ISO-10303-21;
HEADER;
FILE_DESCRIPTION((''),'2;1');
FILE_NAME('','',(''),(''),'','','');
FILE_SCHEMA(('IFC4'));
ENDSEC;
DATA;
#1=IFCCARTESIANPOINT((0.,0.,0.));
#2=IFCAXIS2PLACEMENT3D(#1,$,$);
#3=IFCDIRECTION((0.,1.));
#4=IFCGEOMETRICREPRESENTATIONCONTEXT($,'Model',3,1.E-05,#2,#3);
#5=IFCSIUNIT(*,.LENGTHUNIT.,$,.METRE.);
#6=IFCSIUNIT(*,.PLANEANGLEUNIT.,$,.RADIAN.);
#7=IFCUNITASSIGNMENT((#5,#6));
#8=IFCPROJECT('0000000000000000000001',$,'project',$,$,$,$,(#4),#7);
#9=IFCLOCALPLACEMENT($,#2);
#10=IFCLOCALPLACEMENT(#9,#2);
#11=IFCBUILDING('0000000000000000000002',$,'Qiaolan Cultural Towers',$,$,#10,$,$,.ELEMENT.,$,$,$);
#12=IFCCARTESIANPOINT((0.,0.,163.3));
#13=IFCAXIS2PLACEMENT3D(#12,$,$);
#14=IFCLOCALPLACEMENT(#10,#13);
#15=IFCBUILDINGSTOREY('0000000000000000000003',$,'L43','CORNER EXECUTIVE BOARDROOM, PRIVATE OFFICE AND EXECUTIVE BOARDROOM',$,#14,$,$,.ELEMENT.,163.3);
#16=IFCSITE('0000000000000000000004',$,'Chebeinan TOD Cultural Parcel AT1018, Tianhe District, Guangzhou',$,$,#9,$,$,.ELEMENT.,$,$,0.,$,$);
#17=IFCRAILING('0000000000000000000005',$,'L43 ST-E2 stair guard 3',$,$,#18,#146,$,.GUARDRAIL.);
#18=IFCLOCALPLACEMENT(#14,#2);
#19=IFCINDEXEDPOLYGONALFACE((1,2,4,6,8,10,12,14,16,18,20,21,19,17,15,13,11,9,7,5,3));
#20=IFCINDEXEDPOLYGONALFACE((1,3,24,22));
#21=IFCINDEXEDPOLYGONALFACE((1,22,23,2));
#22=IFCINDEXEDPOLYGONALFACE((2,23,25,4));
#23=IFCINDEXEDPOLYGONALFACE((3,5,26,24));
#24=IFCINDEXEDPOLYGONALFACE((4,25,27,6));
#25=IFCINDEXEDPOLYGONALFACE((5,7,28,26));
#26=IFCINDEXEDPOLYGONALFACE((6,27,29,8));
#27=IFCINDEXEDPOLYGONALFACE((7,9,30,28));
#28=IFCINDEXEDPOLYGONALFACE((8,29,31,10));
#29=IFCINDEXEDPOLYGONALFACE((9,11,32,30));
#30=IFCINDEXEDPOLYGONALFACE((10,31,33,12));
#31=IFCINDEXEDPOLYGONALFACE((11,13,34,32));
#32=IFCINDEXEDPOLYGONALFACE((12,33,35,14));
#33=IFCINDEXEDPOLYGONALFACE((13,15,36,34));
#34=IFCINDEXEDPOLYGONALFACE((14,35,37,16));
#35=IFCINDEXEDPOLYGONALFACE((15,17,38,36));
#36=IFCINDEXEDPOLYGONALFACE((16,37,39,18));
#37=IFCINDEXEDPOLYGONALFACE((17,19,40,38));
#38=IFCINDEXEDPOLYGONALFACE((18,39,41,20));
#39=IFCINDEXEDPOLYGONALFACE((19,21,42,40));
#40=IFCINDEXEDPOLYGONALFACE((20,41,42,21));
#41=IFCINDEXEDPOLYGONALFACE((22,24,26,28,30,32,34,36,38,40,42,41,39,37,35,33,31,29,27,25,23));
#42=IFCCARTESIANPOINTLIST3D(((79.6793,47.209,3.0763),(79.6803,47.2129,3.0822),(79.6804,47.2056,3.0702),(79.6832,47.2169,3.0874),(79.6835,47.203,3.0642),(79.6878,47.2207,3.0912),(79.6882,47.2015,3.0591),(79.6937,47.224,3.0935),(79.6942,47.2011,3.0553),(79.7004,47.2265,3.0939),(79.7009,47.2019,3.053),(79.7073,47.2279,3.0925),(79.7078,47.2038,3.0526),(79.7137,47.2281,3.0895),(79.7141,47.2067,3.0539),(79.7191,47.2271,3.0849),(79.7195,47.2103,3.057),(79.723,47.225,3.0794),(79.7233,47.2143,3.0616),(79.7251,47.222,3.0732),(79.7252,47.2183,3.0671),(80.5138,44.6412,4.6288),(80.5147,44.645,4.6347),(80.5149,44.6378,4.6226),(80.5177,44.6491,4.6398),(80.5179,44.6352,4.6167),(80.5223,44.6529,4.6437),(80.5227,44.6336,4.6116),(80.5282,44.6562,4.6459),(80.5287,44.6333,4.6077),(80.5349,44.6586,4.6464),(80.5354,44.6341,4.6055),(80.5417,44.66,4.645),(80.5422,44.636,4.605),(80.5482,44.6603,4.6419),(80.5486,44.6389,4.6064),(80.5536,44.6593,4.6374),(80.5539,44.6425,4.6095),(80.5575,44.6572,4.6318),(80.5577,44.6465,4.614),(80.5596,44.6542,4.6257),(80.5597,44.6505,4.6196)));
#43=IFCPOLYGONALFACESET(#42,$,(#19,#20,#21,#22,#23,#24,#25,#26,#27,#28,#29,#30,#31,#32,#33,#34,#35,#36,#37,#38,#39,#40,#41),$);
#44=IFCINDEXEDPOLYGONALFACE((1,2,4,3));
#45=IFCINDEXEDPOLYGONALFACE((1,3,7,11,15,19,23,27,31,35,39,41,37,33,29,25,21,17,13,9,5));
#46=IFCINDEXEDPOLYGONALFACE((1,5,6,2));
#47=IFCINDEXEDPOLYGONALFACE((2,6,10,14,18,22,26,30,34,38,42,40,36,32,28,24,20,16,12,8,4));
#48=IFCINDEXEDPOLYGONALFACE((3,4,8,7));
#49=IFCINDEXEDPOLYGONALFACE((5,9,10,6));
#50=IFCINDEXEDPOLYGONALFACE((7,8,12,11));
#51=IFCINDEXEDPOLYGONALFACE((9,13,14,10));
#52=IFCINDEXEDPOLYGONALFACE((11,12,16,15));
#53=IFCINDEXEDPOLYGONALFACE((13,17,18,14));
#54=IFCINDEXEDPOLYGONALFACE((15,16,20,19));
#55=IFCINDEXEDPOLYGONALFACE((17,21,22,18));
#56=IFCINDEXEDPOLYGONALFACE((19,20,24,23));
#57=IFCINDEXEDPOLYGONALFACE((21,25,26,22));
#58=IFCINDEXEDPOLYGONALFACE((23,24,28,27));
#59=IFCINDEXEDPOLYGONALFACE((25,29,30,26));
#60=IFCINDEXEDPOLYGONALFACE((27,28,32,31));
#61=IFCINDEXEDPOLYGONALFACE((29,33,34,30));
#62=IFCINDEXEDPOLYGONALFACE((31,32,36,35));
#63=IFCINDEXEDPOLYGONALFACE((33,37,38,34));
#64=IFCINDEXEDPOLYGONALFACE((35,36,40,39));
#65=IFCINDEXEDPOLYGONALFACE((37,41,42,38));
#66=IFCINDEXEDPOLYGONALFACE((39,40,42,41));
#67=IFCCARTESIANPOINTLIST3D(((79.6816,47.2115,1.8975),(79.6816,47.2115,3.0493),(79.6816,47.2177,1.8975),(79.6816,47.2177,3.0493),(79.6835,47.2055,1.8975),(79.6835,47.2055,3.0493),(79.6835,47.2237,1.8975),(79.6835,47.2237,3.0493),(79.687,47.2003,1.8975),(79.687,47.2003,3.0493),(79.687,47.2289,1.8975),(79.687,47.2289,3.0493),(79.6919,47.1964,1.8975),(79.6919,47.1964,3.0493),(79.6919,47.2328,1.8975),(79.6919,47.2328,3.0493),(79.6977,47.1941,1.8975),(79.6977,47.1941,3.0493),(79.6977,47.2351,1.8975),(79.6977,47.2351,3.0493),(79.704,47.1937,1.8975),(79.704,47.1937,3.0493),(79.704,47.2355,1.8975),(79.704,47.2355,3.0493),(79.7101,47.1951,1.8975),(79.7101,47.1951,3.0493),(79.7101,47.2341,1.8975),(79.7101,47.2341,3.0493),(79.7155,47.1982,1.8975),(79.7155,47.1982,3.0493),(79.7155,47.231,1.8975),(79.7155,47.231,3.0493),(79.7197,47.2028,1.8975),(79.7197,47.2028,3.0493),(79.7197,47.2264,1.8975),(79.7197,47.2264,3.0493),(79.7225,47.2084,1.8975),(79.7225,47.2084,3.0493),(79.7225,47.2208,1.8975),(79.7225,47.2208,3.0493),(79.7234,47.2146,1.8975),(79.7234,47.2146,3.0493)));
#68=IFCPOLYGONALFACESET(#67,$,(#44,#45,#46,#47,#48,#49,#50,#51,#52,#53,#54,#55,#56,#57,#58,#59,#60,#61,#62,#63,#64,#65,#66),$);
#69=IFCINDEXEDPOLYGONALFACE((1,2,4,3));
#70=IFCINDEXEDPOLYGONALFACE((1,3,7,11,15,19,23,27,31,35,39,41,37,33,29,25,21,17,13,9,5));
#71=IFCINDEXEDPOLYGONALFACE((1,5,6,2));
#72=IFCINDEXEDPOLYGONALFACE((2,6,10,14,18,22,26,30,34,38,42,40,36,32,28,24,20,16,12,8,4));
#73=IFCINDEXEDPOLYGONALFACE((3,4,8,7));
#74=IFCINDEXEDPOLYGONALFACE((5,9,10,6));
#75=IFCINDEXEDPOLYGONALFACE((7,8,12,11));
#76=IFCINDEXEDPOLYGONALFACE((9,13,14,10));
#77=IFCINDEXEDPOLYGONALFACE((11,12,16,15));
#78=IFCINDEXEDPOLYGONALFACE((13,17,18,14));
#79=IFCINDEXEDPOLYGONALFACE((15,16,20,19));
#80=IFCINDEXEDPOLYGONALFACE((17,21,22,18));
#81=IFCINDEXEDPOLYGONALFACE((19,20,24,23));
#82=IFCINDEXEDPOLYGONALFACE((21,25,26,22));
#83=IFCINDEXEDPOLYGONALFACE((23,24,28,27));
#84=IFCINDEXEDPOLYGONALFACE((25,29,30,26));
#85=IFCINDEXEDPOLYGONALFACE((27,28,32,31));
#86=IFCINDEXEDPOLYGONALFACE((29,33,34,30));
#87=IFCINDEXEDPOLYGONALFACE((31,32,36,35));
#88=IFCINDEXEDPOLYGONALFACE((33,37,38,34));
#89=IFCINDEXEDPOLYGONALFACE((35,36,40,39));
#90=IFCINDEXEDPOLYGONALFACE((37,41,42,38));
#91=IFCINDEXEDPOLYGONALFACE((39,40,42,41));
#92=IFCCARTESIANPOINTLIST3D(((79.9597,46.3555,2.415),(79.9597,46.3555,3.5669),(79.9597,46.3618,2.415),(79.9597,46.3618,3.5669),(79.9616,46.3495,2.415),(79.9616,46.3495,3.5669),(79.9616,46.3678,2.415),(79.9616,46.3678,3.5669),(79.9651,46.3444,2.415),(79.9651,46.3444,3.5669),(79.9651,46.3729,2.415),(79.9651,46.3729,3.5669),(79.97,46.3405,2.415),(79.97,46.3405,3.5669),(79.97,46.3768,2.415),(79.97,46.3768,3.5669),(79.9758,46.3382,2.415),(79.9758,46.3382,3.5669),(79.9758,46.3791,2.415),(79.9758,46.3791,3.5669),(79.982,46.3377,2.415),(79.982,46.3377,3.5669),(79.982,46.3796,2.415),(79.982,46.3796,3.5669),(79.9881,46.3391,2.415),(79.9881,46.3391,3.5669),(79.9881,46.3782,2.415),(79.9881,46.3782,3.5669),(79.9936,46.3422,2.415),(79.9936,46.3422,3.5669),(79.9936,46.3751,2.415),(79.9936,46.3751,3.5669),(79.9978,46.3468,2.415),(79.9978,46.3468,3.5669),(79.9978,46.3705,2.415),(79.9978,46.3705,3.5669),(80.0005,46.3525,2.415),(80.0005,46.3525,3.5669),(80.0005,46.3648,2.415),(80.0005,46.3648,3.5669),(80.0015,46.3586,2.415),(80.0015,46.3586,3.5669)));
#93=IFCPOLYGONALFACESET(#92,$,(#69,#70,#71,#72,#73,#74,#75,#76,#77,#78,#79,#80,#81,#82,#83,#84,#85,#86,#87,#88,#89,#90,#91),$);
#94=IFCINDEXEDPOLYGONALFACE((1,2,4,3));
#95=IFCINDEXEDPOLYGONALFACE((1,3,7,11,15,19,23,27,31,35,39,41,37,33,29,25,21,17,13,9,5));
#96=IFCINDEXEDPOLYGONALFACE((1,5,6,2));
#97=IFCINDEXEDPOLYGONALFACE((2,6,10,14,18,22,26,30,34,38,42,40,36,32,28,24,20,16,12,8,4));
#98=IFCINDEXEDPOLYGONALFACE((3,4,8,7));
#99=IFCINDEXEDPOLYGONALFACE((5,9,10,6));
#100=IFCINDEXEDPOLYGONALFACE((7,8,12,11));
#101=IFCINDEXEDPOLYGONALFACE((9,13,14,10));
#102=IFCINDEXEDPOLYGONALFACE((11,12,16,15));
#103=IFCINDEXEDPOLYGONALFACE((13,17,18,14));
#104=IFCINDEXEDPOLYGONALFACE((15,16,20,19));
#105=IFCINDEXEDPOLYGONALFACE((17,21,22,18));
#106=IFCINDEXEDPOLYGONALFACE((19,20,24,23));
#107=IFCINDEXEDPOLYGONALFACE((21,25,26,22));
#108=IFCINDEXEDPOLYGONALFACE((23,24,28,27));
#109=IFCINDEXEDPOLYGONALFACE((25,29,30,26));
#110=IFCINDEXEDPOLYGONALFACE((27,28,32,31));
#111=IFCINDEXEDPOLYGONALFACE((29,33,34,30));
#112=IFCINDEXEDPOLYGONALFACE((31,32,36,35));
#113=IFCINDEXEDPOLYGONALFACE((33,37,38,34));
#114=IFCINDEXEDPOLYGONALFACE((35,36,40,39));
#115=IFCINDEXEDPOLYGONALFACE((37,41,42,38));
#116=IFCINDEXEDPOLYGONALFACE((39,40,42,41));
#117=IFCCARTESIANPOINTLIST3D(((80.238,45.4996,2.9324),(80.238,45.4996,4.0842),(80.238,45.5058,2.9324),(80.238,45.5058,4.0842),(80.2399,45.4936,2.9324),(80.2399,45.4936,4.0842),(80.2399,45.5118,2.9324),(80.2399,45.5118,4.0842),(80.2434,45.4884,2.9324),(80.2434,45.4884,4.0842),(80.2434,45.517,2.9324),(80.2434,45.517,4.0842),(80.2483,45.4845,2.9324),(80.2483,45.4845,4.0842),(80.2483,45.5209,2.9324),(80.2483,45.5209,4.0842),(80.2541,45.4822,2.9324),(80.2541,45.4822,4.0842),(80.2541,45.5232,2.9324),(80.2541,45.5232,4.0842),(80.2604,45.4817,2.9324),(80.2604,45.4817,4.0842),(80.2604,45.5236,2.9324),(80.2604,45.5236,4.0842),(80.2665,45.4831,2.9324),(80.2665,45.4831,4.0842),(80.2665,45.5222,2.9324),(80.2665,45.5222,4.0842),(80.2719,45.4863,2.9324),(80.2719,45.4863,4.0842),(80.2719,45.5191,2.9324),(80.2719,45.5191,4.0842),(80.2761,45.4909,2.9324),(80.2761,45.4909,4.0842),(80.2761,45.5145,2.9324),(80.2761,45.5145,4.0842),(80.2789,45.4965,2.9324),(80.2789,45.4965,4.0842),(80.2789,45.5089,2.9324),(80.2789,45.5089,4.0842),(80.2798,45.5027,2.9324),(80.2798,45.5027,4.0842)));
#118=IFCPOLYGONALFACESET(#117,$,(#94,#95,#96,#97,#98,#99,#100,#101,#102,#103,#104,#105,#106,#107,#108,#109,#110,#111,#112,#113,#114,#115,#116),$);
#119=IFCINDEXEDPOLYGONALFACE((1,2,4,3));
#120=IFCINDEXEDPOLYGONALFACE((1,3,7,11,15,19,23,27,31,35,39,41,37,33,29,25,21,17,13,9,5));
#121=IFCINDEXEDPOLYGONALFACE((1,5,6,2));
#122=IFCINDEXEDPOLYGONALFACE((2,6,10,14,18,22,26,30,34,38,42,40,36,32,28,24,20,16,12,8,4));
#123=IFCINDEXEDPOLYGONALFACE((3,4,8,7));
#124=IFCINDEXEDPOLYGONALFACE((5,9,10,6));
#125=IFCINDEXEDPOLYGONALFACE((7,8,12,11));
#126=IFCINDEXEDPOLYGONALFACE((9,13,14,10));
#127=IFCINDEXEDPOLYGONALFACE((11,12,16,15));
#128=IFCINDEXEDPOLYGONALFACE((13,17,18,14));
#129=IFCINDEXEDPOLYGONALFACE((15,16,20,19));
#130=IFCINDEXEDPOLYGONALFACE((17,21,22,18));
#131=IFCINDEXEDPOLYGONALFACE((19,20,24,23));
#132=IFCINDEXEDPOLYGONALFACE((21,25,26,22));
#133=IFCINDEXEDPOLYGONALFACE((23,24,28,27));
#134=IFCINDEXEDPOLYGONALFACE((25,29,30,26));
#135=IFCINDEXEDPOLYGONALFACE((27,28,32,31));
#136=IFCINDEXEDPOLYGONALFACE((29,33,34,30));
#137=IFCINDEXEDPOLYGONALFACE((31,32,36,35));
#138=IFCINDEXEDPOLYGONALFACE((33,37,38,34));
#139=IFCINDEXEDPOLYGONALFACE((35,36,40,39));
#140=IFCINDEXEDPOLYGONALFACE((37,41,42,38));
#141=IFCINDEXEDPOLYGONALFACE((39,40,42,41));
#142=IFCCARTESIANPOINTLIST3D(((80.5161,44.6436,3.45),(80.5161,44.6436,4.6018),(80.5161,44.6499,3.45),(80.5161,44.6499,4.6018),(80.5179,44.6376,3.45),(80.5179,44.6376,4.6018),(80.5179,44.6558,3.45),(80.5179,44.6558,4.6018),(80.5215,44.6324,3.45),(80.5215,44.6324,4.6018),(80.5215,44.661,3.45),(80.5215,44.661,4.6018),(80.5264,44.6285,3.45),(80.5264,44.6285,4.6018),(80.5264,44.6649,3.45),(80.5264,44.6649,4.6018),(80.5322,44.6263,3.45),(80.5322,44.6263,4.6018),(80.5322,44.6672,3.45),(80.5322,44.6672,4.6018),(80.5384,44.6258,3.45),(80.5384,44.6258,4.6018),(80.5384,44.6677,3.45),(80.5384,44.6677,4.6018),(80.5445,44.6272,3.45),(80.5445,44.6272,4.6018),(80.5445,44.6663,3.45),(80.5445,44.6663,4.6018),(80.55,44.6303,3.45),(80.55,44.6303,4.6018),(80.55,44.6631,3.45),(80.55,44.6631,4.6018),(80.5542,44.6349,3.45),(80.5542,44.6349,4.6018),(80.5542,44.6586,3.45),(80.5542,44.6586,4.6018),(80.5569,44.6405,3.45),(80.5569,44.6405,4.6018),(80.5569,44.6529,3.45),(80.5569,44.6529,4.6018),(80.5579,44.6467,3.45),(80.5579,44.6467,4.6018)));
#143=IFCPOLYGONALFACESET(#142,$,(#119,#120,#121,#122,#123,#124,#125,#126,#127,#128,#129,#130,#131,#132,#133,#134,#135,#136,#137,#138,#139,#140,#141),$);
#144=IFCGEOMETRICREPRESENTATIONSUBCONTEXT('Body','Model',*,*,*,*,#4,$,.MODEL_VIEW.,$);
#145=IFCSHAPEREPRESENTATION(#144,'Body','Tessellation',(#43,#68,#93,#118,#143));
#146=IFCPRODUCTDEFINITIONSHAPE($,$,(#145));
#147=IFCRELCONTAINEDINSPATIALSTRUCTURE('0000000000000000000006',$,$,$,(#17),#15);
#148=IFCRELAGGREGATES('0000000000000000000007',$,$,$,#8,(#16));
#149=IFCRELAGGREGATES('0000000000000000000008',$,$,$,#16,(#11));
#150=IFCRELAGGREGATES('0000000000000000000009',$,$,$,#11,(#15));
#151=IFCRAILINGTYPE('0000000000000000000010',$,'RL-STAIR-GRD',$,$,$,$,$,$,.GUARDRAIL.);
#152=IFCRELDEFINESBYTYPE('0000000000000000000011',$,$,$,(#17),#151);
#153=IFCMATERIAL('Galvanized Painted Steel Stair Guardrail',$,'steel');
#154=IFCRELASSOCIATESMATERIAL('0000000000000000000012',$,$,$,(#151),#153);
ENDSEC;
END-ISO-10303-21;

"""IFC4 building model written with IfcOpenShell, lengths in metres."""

from ifc_helpers import new_model, si_unit, direction, frame, origin, origin_2d, place, context, subcontext, project, spatial, circle, extrude, material, type_object, element, save


model = new_model("IFC4")

# Units and contexts
model_context = context("Model", 3, precision=1e-05, world=origin(), true_north=direction((0.0, 1.0)))
body_context = subcontext(model_context, "Body", "Model", "MODEL_VIEW")
ifc_project = project(units=[si_unit("LENGTHUNIT", "METRE"), si_unit("PLANEANGLEUNIT", "RADIAN")], contexts=[model_context])

# Site, building, storey
site_placement = place(None, origin())
site = spatial("IfcSite", under=ifc_project, at=site_placement, Name="Chebeinan TOD Cultural Parcel AT1018, Tianhe District, Guangzhou", CompositionType="ELEMENT", RefElevation=0.0)
building_placement = place(site_placement, origin())
building = spatial("IfcBuilding", under=site, at=building_placement, Name="Qiaolan Cultural Towers", CompositionType="ELEMENT")
storey_placement = place(building_placement, frame((0.0, 0.0, 163.3)))
storey = spatial("IfcBuildingStorey", under=building, at=storey_placement, Name="L43", Description="CORNER EXECUTIVE BOARDROOM, PRIVATE OFFICE AND EXECUTIVE BOARDROOM", CompositionType="ELEMENT", Elevation=163.3)

# Railing
ifc_material_1 = material(Name="Galvanized Painted Steel Stair Guardrail", Category="steel")
railing_type_1 = type_object("IfcRailingType", Name="RL-STAIR-GRD", PredefinedType="GUARDRAIL", material=ifc_material_1)
railing_1_placement = place(storey_placement, frame((79.7024, 47.2146, 1.8975)))
element("IfcRailing", 1, at=railing_1_placement, inside=storey, type_object=railing_type_1, Name="L43 ST-E2 stair guard 3", PredefinedType="GUARDRAIL", context=body_context, shape_type="SweptSolid", body=[
    extrude(circle(Radius=0.0239, at=origin_2d()), frame((0.0, 0.0, 1.1758), z_axis=(0.267926, -0.824471, 0.498461), x_axis=(0.951043, 0.309057, 0.0)), (0.0, 0.0, 1.0), 3.1145),
    extrude(circle(Radius=0.021, at=origin_2d()), origin(), (0.0, 0.0, 1.0), 1.1519),
    extrude(circle(Radius=0.021, at=origin_2d()), frame((0.2781, -0.856, 0.5176)), (0.0, 0.0, 1.0), 1.1519),
    extrude(circle(Radius=0.021, at=origin_2d()), frame((0.5564, -1.7119, 1.0349)), (0.0, 0.0, 1.0), 1.1519),
    extrude(circle(Radius=0.021, at=origin_2d()), frame((0.8345, -2.5679, 1.5525)), (0.0, 0.0, 1.0), 1.1519),
])

save(model, "model.ifc")
